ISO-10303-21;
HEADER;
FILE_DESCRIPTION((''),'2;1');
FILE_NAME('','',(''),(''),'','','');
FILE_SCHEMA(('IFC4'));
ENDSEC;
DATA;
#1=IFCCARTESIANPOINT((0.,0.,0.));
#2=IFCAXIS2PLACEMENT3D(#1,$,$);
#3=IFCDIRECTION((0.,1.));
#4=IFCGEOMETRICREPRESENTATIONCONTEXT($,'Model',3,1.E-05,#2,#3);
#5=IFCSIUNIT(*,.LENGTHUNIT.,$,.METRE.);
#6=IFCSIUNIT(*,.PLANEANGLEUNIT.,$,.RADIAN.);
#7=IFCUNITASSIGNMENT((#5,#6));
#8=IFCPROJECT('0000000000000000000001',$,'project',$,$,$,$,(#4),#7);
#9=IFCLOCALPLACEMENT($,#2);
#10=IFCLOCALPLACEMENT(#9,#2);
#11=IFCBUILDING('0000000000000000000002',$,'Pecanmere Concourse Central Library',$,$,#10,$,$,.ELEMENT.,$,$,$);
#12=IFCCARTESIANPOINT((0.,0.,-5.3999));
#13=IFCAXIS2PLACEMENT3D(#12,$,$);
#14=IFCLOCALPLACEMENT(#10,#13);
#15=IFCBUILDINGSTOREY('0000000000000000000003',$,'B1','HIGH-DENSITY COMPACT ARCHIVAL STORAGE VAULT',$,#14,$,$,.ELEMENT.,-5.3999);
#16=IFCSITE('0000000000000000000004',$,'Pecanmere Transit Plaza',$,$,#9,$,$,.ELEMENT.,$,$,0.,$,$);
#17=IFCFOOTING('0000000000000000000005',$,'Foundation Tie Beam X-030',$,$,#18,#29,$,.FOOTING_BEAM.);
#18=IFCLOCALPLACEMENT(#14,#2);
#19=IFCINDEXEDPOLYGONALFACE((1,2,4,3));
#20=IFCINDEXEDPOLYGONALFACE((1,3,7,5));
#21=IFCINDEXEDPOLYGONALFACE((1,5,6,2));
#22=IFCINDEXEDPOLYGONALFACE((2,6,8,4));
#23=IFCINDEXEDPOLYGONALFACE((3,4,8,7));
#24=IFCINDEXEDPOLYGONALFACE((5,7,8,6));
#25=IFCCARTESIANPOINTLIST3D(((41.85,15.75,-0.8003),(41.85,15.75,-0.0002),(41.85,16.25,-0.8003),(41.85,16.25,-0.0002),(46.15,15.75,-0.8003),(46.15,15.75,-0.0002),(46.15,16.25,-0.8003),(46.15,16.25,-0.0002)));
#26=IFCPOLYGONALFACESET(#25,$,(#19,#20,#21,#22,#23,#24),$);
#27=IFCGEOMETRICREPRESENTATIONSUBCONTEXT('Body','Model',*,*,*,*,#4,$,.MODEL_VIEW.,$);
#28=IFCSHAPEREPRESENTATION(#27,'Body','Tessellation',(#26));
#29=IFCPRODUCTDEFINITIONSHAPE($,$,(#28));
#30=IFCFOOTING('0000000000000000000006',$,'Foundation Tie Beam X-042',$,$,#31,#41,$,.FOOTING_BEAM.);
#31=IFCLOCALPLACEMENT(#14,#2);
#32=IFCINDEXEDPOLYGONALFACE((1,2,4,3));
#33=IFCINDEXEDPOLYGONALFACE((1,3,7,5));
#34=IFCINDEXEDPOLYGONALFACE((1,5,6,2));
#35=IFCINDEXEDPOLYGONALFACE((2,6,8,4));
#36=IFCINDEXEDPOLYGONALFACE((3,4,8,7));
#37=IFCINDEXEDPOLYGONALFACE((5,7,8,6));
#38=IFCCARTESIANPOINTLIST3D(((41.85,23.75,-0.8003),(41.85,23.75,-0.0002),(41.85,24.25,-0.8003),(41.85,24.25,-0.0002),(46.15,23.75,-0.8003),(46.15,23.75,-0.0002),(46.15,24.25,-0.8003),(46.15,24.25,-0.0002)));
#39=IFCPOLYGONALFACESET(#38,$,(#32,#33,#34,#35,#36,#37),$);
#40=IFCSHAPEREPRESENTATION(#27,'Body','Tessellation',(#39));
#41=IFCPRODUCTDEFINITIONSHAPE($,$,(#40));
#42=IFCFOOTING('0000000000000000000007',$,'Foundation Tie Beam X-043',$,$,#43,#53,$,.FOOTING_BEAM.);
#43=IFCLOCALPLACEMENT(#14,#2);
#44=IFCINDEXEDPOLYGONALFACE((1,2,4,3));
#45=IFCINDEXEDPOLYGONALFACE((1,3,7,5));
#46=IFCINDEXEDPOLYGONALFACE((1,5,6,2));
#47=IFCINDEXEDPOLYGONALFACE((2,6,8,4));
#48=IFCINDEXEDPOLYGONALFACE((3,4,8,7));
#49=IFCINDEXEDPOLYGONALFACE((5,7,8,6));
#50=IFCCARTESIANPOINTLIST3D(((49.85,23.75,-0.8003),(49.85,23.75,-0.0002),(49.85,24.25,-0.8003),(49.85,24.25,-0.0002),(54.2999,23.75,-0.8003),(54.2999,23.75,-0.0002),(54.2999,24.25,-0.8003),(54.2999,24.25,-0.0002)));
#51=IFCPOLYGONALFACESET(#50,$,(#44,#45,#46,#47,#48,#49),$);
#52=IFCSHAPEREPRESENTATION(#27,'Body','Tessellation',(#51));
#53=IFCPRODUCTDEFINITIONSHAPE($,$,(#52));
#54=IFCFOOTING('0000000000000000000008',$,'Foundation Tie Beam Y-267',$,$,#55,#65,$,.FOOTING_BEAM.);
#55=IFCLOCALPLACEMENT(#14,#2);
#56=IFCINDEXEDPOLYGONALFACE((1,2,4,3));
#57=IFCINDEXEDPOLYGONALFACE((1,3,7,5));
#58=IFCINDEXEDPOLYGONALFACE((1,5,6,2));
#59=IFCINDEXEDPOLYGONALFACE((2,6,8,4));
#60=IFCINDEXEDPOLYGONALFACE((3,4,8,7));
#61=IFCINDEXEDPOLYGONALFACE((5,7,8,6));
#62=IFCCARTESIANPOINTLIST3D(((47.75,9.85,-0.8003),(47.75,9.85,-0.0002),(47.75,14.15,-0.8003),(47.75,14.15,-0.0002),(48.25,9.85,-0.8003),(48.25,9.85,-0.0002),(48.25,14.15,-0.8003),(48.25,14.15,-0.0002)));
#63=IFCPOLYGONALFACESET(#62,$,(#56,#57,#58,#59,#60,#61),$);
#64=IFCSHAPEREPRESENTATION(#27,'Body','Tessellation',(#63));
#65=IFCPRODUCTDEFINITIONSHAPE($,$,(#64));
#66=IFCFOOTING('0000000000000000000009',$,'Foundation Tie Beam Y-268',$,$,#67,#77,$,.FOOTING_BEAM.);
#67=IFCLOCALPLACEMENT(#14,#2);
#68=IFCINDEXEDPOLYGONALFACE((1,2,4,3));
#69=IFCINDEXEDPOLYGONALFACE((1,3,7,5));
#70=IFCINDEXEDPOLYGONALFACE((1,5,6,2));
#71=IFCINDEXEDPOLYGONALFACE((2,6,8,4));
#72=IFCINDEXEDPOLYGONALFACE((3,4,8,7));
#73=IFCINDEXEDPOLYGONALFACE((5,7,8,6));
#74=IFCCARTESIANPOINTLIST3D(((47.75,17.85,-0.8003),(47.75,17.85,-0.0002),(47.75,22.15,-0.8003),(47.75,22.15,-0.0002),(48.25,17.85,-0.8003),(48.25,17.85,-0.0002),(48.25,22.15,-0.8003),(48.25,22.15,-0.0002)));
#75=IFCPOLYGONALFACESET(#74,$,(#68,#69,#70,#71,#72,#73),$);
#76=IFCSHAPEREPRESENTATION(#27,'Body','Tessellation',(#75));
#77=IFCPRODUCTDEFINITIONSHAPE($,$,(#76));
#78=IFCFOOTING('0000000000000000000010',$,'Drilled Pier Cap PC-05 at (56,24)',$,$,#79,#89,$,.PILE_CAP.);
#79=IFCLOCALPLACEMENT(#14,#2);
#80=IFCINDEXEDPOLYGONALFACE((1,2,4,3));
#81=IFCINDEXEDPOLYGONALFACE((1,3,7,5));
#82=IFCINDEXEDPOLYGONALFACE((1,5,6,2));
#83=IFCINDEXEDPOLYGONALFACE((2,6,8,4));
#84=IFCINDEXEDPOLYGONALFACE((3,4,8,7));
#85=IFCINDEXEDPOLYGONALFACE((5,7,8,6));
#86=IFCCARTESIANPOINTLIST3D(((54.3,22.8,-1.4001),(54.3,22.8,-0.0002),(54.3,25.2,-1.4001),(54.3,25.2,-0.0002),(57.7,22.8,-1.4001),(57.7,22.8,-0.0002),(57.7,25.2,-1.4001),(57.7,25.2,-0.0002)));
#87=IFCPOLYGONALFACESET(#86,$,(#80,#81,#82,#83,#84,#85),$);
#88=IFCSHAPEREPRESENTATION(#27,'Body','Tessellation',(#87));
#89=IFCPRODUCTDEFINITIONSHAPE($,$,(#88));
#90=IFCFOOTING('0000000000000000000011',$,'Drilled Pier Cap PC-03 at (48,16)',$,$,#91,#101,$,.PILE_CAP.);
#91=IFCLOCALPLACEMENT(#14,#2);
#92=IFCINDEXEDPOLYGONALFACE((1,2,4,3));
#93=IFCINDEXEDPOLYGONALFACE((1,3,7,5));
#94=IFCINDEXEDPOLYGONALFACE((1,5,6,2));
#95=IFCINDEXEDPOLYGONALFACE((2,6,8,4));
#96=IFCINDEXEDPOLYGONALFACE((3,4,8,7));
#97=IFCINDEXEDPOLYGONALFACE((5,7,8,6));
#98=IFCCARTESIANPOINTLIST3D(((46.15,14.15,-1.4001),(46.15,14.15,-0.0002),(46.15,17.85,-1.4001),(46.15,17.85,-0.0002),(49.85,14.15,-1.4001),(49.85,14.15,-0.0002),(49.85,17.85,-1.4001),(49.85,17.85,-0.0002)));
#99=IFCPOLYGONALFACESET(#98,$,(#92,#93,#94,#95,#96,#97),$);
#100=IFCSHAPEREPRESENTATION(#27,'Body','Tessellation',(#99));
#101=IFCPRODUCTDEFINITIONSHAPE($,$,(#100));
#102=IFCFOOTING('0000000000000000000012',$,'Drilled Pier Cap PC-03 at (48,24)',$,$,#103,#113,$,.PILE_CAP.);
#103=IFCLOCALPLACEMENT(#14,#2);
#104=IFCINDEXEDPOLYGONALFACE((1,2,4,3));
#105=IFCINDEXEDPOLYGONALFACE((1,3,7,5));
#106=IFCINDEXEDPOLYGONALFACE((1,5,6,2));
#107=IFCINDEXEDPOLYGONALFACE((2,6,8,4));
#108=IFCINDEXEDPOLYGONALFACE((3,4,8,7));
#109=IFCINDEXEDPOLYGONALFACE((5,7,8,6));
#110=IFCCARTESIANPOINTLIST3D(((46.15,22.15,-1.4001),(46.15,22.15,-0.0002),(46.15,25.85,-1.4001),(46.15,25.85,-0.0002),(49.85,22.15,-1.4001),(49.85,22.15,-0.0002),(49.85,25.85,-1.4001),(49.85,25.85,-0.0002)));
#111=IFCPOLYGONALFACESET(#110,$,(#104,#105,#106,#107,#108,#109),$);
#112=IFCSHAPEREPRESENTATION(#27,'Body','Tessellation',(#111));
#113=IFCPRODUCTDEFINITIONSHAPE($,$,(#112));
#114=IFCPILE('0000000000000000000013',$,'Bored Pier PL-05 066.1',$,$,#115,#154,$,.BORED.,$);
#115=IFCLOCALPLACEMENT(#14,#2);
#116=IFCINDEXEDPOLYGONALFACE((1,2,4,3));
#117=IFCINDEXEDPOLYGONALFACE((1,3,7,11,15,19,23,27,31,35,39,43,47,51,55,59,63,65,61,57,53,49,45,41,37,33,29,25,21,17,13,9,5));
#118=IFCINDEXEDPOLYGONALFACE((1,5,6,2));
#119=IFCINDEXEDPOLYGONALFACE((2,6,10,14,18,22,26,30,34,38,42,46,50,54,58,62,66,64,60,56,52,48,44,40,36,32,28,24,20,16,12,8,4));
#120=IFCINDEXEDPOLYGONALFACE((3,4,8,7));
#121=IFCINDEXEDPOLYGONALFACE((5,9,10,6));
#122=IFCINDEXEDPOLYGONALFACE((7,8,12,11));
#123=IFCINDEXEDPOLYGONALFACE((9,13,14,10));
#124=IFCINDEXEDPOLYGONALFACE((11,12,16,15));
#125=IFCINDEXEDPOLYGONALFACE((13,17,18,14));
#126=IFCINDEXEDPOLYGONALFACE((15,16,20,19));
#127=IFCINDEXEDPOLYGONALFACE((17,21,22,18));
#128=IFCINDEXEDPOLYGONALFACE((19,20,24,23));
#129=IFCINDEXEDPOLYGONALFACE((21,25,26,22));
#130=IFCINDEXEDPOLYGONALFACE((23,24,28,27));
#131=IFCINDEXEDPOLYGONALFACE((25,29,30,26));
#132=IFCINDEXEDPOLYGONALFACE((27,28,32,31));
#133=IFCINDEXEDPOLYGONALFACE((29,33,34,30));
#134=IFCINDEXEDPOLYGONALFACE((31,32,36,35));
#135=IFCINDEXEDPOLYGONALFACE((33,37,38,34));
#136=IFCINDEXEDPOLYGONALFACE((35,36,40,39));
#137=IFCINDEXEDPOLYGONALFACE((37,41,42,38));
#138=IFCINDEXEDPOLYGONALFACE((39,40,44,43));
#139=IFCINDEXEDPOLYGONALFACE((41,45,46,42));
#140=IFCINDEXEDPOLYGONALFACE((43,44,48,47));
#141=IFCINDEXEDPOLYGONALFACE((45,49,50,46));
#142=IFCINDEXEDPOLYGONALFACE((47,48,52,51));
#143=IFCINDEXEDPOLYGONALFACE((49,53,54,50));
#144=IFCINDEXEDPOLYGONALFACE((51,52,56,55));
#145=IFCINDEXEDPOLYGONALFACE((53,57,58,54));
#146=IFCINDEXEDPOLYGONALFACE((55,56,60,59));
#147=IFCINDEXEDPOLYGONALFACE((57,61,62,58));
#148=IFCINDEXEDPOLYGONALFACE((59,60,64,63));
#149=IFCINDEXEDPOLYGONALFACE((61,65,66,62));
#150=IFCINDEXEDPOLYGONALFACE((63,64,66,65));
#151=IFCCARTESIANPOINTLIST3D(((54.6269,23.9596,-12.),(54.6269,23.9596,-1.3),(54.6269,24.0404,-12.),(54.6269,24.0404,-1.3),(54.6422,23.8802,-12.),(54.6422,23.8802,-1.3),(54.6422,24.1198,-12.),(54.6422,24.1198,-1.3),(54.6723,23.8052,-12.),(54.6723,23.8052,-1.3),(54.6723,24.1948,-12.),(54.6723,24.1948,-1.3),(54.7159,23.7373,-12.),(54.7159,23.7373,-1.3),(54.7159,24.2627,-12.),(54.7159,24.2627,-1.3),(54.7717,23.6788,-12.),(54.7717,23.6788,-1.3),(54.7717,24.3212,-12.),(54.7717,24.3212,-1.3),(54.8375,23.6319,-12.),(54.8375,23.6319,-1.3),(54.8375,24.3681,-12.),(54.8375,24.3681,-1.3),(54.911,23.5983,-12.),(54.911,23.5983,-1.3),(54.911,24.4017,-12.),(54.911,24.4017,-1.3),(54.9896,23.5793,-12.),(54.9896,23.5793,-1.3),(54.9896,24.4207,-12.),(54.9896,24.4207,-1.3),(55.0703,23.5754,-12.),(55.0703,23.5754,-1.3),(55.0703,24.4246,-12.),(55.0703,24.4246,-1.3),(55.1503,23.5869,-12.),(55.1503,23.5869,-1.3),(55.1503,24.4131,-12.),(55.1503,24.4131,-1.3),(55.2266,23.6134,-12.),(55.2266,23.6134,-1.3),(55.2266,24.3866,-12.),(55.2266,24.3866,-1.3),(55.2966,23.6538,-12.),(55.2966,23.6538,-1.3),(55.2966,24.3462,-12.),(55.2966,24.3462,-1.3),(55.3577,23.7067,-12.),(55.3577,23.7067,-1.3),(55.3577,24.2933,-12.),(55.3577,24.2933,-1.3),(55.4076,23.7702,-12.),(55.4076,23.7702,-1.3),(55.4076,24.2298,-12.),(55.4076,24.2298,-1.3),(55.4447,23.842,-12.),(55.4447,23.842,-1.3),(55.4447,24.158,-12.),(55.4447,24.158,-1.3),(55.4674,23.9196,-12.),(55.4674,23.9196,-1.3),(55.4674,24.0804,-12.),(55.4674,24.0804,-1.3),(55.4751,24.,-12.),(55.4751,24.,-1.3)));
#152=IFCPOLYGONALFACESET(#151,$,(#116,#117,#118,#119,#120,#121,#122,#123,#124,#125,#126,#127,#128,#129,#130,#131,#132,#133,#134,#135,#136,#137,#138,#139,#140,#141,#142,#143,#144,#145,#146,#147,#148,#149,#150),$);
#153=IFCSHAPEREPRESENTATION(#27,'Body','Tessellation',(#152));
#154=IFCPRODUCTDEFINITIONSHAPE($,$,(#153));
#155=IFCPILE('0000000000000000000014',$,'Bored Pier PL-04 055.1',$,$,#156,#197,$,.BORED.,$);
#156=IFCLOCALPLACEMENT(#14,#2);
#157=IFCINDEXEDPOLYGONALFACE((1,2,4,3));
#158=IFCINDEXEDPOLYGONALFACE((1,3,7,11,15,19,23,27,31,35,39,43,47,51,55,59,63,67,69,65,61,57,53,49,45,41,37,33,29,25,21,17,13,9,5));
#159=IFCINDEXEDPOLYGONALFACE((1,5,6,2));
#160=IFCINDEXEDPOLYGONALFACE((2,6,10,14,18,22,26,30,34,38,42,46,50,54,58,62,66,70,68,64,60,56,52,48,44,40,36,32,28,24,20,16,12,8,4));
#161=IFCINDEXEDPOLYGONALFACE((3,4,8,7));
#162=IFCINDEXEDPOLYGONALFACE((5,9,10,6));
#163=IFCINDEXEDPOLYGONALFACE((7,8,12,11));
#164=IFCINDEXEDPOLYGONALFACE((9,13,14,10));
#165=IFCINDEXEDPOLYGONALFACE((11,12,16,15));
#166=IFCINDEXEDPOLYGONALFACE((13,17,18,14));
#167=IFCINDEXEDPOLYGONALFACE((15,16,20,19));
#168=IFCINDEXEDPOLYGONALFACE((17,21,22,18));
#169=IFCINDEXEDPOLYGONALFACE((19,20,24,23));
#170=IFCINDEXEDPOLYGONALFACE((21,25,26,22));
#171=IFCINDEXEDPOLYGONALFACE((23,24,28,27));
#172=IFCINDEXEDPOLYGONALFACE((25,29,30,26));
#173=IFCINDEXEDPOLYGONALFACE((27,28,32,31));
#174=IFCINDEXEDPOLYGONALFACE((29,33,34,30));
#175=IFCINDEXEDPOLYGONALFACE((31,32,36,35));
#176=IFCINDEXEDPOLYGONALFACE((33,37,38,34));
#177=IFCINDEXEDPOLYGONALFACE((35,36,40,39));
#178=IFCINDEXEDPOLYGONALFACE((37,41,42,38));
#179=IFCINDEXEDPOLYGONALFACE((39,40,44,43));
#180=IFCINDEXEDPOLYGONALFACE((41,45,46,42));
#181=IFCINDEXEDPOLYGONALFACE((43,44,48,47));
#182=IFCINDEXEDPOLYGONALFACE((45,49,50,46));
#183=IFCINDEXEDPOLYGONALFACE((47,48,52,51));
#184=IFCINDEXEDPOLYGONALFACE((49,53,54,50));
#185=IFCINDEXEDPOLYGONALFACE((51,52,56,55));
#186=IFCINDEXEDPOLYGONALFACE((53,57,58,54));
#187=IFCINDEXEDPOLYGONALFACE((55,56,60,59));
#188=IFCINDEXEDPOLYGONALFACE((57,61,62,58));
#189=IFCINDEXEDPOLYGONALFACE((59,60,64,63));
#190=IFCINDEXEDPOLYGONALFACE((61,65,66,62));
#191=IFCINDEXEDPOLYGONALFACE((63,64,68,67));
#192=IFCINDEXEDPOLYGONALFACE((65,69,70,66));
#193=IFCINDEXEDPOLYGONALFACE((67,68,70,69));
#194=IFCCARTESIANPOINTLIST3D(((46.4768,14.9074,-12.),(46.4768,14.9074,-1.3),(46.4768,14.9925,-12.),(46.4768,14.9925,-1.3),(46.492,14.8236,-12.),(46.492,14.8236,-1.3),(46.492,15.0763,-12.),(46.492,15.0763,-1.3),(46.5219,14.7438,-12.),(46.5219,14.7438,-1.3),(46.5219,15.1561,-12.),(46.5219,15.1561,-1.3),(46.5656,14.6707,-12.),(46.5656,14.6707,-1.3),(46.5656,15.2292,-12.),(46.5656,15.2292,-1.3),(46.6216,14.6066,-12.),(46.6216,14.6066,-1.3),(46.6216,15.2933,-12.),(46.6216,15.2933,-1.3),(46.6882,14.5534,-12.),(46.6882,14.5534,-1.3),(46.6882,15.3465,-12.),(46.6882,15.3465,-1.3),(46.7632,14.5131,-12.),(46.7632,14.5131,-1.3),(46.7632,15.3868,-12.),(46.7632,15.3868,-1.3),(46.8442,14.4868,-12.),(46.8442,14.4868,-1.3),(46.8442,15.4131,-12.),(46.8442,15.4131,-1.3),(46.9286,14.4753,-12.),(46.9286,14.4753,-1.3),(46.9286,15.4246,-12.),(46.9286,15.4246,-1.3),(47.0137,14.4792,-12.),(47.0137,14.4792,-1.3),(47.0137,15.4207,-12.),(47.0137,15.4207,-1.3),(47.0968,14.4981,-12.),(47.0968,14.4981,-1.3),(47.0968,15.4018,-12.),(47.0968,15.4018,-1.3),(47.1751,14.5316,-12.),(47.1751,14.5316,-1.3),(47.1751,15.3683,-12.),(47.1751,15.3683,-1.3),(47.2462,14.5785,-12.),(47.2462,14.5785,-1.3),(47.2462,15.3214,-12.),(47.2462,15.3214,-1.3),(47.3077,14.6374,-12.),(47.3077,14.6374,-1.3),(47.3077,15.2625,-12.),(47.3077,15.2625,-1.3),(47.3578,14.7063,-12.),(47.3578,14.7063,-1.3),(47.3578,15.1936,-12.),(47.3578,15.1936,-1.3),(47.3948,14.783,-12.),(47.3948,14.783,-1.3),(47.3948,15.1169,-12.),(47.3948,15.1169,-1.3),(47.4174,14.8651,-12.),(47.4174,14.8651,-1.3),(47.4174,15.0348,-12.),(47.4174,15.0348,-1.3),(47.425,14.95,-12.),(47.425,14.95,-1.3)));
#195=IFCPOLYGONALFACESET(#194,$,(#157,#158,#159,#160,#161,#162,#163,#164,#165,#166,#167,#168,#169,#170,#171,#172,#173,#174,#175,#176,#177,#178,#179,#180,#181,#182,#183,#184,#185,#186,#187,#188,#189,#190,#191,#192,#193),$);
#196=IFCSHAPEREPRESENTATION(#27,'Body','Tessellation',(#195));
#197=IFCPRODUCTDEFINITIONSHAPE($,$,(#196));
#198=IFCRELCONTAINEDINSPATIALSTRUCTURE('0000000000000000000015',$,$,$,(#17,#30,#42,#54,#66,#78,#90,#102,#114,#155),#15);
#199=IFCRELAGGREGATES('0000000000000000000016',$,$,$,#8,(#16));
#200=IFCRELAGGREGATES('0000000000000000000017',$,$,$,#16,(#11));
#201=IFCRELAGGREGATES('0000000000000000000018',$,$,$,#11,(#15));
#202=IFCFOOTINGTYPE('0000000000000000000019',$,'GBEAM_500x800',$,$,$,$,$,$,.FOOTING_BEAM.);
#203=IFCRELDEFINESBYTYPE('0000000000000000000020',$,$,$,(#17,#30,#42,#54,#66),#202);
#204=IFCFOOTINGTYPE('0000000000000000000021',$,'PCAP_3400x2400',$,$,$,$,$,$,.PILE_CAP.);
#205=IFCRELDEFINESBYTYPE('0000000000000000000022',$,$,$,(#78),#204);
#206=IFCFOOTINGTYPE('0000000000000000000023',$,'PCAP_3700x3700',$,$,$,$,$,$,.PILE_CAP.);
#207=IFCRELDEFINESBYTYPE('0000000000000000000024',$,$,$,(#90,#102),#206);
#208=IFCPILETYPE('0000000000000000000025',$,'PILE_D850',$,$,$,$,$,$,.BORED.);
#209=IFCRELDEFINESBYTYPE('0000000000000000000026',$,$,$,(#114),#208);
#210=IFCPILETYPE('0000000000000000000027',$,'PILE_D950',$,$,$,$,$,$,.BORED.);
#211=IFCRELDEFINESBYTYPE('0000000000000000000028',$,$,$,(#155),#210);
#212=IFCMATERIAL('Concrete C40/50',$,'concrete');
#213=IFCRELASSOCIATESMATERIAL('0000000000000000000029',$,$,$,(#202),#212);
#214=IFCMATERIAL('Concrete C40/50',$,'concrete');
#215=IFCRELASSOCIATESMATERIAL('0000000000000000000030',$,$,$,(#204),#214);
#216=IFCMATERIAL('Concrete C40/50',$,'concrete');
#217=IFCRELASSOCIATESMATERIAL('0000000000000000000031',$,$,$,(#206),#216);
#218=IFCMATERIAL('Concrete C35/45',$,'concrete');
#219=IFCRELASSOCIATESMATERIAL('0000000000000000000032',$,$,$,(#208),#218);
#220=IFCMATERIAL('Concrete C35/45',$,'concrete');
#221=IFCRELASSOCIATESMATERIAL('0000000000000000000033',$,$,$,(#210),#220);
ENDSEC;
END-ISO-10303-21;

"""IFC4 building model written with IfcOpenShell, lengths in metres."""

from ifc_helpers import new_model, si_unit, direction, frame, origin, origin_2d, place, context, subcontext, project, spatial, rectangle, circle, extrude, material, material_profile, profile_set, type_object, element, save


model = new_model("IFC4")

# Units and contexts
model_context = context("Model", 3, precision=1e-05, world=origin(), true_north=direction((0.0, 1.0)))
body_context = subcontext(model_context, "Body", "Model", "MODEL_VIEW")
ifc_project = project(units=[si_unit("LENGTHUNIT", "METRE"), si_unit("PLANEANGLEUNIT", "RADIAN")], contexts=[model_context])

# Site, building, storey
site_placement = place(None, origin())
site = spatial("IfcSite", under=ifc_project, at=site_placement, Name="Pecanmere Transit Plaza", CompositionType="ELEMENT", RefElevation=0.0)
building_placement = place(site_placement, origin())
building = spatial("IfcBuilding", under=site, at=building_placement, Name="Pecanmere Concourse Central Library", CompositionType="ELEMENT")
storey_placement = place(building_placement, frame((0.0, 0.0, -5.3999)))
storey = spatial("IfcBuildingStorey", under=building, at=storey_placement, Name="B1", Description="HIGH-DENSITY COMPACT ARCHIVAL STORAGE VAULT", CompositionType="ELEMENT", Elevation=-5.3999)

# Footings
ifc_material_1 = material(Name="Concrete C40/50", Category="concrete")
ifc_material_profile_1 = material_profile(ifc_material_1, rectangle(XDim=0.5, YDim=0.8, at=origin_2d()), Name="RC 500x800")
ifc_profile_set_1 = profile_set([ifc_material_profile_1], Name="Concrete C40/50")
footing_type_1 = type_object("IfcFootingType", Name="GBEAM_500x800", PredefinedType="FOOTING_BEAM", material=ifc_profile_set_1)
for number, where, z_axis, x_axis, name in (
    (1, (44.0, 16.0, -0.8003), (0.0, 0.0, 1.0), (1.0, 0.0, 0.0), "Foundation Tie Beam X-030"),
    (2, (44.0, 24.0, -0.8003), (0.0, 0.0, 1.0), (1.0, 0.0, 0.0), "Foundation Tie Beam X-042"),
):
    element("IfcFooting", number, at=place(storey_placement, frame(where, z_axis=z_axis, x_axis=x_axis)), inside=storey, type_object=footing_type_1, Name=name, PredefinedType="FOOTING_BEAM", context=body_context, shape_type="SweptSolid", body=[
        extrude(rectangle(XDim=4.3, YDim=0.5, at=origin_2d()), origin(), (0.0, 0.0, 1.0), 0.8),
    ])
footing_1_placement = place(storey_placement, frame((52.075, 24.0, -0.8003), z_axis=(0.0, 0.0, 1.0), x_axis=(1.0, 0.0, 0.0)))
element("IfcFooting", 3, at=footing_1_placement, inside=storey, type_object=footing_type_1, Name="Foundation Tie Beam X-043", PredefinedType="FOOTING_BEAM", context=body_context, shape_type="SweptSolid", body=[
    extrude(rectangle(XDim=4.45, YDim=0.5, at=origin_2d()), origin(), (0.0, 0.0, 1.0), 0.8),
])
for number, where, z_axis, x_axis, name in (
    (4, (48.0, 12.0, -0.8003), (0.0, 0.0, 1.0), (0.0, 1.0, 0.0), "Foundation Tie Beam Y-267"),
    (5, (48.0, 20.0, -0.8003), (0.0, 0.0, 1.0), (0.0, 1.0, 0.0), "Foundation Tie Beam Y-268"),
):
    element("IfcFooting", number, at=place(storey_placement, frame(where, z_axis=z_axis, x_axis=x_axis)), inside=storey, type_object=footing_type_1, Name=name, PredefinedType="FOOTING_BEAM", context=body_context, shape_type="SweptSolid", body=[
        extrude(rectangle(XDim=4.3, YDim=0.5, at=origin_2d()), origin(), (0.0, 0.0, 1.0), 0.8),
    ])
ifc_material_2 = material(Name="Concrete C40/50", Category="concrete")
footing_type_2 = type_object("IfcFootingType", Name="PCAP_3400x2400", PredefinedType="PILE_CAP", material=ifc_material_2)
footing_2_placement = place(storey_placement, frame((56.0, 24.0, -1.4001), z_axis=(0.0, 0.0, 1.0), x_axis=(1.0, 0.0, 0.0)))
element("IfcFooting", 6, at=footing_2_placement, inside=storey, type_object=footing_type_2, Name="Drilled Pier Cap PC-05 at (56,24)", PredefinedType="PILE_CAP", context=body_context, shape_type="SweptSolid", body=[
    extrude(rectangle(XDim=3.3999, YDim=2.3999, at=origin_2d()), origin(), (0.0, 0.0, 1.0), 1.3999),
])
ifc_material_3 = material(Name="Concrete C40/50", Category="concrete")
footing_type_3 = type_object("IfcFootingType", Name="PCAP_3700x3700", PredefinedType="PILE_CAP", material=ifc_material_3)
for number, where, z_axis, x_axis, name in (
    (7, (48.0, 16.0, -1.4001), (0.0, 0.0, 1.0), (1.0, 0.0, 0.0), "Drilled Pier Cap PC-03 at (48,16)"),
    (8, (48.0, 24.0, -1.4001), (0.0, 0.0, 1.0), (1.0, 0.0, 0.0), "Drilled Pier Cap PC-03 at (48,24)"),
):
    element("IfcFooting", number, at=place(storey_placement, frame(where, z_axis=z_axis, x_axis=x_axis)), inside=storey, type_object=footing_type_3, Name=name, PredefinedType="PILE_CAP", context=body_context, shape_type="SweptSolid", body=[
        extrude(rectangle(XDim=3.7, YDim=3.7, at=origin_2d()), origin(), (0.0, 0.0, 1.0), 1.3999),
    ])

# Piles
ifc_material_4 = material(Name="Concrete C35/45", Category="concrete")
ifc_material_profile_2 = material_profile(ifc_material_4, circle(Radius=0.425, at=origin_2d()), Name="PIER D850")
ifc_profile_set_2 = profile_set([ifc_material_profile_2], Name="Concrete C35/45")
pile_type_1 = type_object("IfcPileType", Name="PILE_D850", PredefinedType="BORED", material=ifc_profile_set_2)
pile_placement = place(storey_placement, frame((55.05, 24.0, -1.3), z_axis=(0.0, 0.0, -1.0), x_axis=(1.0, 0.0, 0.0)))
element("IfcPile", 9, at=pile_placement, inside=storey, type_object=pile_type_1, Name="Bored Pier PL-05 066.1", PredefinedType="BORED", context=body_context, shape_type="SweptSolid", body=[
    extrude(circle(Radius=0.425, at=origin_2d()), origin(), (0.0, 0.0, 1.0), 10.7),
])
ifc_material_5 = material(Name="Concrete C35/45", Category="concrete")
ifc_material_profile_3 = material_profile(ifc_material_5, circle(Radius=0.4751, at=origin_2d()), Name="PIER D950")
ifc_profile_set_3 = profile_set([ifc_material_profile_3], Name="Concrete C35/45")
pile_type_2 = type_object("IfcPileType", Name="PILE_D950", PredefinedType="BORED", material=ifc_profile_set_3)
for number, where, z_axis, x_axis, name in (
    (10, (46.95, 14.95, -1.3), (0.0, 0.0, -1.0), (1.0, 0.0, 0.0), "Bored Pier PL-04 055.1"),
):
    element("IfcPile", number, at=place(storey_placement, frame(where, z_axis=z_axis, x_axis=x_axis)), inside=storey, type_object=pile_type_2, Name=name, PredefinedType="BORED", context=body_context, shape_type="SweptSolid", body=[
        extrude(circle(Radius=0.4751, at=origin_2d()), origin(), (0.0, 0.0, 1.0), 10.7),
    ])

save(model, "model.ifc")
